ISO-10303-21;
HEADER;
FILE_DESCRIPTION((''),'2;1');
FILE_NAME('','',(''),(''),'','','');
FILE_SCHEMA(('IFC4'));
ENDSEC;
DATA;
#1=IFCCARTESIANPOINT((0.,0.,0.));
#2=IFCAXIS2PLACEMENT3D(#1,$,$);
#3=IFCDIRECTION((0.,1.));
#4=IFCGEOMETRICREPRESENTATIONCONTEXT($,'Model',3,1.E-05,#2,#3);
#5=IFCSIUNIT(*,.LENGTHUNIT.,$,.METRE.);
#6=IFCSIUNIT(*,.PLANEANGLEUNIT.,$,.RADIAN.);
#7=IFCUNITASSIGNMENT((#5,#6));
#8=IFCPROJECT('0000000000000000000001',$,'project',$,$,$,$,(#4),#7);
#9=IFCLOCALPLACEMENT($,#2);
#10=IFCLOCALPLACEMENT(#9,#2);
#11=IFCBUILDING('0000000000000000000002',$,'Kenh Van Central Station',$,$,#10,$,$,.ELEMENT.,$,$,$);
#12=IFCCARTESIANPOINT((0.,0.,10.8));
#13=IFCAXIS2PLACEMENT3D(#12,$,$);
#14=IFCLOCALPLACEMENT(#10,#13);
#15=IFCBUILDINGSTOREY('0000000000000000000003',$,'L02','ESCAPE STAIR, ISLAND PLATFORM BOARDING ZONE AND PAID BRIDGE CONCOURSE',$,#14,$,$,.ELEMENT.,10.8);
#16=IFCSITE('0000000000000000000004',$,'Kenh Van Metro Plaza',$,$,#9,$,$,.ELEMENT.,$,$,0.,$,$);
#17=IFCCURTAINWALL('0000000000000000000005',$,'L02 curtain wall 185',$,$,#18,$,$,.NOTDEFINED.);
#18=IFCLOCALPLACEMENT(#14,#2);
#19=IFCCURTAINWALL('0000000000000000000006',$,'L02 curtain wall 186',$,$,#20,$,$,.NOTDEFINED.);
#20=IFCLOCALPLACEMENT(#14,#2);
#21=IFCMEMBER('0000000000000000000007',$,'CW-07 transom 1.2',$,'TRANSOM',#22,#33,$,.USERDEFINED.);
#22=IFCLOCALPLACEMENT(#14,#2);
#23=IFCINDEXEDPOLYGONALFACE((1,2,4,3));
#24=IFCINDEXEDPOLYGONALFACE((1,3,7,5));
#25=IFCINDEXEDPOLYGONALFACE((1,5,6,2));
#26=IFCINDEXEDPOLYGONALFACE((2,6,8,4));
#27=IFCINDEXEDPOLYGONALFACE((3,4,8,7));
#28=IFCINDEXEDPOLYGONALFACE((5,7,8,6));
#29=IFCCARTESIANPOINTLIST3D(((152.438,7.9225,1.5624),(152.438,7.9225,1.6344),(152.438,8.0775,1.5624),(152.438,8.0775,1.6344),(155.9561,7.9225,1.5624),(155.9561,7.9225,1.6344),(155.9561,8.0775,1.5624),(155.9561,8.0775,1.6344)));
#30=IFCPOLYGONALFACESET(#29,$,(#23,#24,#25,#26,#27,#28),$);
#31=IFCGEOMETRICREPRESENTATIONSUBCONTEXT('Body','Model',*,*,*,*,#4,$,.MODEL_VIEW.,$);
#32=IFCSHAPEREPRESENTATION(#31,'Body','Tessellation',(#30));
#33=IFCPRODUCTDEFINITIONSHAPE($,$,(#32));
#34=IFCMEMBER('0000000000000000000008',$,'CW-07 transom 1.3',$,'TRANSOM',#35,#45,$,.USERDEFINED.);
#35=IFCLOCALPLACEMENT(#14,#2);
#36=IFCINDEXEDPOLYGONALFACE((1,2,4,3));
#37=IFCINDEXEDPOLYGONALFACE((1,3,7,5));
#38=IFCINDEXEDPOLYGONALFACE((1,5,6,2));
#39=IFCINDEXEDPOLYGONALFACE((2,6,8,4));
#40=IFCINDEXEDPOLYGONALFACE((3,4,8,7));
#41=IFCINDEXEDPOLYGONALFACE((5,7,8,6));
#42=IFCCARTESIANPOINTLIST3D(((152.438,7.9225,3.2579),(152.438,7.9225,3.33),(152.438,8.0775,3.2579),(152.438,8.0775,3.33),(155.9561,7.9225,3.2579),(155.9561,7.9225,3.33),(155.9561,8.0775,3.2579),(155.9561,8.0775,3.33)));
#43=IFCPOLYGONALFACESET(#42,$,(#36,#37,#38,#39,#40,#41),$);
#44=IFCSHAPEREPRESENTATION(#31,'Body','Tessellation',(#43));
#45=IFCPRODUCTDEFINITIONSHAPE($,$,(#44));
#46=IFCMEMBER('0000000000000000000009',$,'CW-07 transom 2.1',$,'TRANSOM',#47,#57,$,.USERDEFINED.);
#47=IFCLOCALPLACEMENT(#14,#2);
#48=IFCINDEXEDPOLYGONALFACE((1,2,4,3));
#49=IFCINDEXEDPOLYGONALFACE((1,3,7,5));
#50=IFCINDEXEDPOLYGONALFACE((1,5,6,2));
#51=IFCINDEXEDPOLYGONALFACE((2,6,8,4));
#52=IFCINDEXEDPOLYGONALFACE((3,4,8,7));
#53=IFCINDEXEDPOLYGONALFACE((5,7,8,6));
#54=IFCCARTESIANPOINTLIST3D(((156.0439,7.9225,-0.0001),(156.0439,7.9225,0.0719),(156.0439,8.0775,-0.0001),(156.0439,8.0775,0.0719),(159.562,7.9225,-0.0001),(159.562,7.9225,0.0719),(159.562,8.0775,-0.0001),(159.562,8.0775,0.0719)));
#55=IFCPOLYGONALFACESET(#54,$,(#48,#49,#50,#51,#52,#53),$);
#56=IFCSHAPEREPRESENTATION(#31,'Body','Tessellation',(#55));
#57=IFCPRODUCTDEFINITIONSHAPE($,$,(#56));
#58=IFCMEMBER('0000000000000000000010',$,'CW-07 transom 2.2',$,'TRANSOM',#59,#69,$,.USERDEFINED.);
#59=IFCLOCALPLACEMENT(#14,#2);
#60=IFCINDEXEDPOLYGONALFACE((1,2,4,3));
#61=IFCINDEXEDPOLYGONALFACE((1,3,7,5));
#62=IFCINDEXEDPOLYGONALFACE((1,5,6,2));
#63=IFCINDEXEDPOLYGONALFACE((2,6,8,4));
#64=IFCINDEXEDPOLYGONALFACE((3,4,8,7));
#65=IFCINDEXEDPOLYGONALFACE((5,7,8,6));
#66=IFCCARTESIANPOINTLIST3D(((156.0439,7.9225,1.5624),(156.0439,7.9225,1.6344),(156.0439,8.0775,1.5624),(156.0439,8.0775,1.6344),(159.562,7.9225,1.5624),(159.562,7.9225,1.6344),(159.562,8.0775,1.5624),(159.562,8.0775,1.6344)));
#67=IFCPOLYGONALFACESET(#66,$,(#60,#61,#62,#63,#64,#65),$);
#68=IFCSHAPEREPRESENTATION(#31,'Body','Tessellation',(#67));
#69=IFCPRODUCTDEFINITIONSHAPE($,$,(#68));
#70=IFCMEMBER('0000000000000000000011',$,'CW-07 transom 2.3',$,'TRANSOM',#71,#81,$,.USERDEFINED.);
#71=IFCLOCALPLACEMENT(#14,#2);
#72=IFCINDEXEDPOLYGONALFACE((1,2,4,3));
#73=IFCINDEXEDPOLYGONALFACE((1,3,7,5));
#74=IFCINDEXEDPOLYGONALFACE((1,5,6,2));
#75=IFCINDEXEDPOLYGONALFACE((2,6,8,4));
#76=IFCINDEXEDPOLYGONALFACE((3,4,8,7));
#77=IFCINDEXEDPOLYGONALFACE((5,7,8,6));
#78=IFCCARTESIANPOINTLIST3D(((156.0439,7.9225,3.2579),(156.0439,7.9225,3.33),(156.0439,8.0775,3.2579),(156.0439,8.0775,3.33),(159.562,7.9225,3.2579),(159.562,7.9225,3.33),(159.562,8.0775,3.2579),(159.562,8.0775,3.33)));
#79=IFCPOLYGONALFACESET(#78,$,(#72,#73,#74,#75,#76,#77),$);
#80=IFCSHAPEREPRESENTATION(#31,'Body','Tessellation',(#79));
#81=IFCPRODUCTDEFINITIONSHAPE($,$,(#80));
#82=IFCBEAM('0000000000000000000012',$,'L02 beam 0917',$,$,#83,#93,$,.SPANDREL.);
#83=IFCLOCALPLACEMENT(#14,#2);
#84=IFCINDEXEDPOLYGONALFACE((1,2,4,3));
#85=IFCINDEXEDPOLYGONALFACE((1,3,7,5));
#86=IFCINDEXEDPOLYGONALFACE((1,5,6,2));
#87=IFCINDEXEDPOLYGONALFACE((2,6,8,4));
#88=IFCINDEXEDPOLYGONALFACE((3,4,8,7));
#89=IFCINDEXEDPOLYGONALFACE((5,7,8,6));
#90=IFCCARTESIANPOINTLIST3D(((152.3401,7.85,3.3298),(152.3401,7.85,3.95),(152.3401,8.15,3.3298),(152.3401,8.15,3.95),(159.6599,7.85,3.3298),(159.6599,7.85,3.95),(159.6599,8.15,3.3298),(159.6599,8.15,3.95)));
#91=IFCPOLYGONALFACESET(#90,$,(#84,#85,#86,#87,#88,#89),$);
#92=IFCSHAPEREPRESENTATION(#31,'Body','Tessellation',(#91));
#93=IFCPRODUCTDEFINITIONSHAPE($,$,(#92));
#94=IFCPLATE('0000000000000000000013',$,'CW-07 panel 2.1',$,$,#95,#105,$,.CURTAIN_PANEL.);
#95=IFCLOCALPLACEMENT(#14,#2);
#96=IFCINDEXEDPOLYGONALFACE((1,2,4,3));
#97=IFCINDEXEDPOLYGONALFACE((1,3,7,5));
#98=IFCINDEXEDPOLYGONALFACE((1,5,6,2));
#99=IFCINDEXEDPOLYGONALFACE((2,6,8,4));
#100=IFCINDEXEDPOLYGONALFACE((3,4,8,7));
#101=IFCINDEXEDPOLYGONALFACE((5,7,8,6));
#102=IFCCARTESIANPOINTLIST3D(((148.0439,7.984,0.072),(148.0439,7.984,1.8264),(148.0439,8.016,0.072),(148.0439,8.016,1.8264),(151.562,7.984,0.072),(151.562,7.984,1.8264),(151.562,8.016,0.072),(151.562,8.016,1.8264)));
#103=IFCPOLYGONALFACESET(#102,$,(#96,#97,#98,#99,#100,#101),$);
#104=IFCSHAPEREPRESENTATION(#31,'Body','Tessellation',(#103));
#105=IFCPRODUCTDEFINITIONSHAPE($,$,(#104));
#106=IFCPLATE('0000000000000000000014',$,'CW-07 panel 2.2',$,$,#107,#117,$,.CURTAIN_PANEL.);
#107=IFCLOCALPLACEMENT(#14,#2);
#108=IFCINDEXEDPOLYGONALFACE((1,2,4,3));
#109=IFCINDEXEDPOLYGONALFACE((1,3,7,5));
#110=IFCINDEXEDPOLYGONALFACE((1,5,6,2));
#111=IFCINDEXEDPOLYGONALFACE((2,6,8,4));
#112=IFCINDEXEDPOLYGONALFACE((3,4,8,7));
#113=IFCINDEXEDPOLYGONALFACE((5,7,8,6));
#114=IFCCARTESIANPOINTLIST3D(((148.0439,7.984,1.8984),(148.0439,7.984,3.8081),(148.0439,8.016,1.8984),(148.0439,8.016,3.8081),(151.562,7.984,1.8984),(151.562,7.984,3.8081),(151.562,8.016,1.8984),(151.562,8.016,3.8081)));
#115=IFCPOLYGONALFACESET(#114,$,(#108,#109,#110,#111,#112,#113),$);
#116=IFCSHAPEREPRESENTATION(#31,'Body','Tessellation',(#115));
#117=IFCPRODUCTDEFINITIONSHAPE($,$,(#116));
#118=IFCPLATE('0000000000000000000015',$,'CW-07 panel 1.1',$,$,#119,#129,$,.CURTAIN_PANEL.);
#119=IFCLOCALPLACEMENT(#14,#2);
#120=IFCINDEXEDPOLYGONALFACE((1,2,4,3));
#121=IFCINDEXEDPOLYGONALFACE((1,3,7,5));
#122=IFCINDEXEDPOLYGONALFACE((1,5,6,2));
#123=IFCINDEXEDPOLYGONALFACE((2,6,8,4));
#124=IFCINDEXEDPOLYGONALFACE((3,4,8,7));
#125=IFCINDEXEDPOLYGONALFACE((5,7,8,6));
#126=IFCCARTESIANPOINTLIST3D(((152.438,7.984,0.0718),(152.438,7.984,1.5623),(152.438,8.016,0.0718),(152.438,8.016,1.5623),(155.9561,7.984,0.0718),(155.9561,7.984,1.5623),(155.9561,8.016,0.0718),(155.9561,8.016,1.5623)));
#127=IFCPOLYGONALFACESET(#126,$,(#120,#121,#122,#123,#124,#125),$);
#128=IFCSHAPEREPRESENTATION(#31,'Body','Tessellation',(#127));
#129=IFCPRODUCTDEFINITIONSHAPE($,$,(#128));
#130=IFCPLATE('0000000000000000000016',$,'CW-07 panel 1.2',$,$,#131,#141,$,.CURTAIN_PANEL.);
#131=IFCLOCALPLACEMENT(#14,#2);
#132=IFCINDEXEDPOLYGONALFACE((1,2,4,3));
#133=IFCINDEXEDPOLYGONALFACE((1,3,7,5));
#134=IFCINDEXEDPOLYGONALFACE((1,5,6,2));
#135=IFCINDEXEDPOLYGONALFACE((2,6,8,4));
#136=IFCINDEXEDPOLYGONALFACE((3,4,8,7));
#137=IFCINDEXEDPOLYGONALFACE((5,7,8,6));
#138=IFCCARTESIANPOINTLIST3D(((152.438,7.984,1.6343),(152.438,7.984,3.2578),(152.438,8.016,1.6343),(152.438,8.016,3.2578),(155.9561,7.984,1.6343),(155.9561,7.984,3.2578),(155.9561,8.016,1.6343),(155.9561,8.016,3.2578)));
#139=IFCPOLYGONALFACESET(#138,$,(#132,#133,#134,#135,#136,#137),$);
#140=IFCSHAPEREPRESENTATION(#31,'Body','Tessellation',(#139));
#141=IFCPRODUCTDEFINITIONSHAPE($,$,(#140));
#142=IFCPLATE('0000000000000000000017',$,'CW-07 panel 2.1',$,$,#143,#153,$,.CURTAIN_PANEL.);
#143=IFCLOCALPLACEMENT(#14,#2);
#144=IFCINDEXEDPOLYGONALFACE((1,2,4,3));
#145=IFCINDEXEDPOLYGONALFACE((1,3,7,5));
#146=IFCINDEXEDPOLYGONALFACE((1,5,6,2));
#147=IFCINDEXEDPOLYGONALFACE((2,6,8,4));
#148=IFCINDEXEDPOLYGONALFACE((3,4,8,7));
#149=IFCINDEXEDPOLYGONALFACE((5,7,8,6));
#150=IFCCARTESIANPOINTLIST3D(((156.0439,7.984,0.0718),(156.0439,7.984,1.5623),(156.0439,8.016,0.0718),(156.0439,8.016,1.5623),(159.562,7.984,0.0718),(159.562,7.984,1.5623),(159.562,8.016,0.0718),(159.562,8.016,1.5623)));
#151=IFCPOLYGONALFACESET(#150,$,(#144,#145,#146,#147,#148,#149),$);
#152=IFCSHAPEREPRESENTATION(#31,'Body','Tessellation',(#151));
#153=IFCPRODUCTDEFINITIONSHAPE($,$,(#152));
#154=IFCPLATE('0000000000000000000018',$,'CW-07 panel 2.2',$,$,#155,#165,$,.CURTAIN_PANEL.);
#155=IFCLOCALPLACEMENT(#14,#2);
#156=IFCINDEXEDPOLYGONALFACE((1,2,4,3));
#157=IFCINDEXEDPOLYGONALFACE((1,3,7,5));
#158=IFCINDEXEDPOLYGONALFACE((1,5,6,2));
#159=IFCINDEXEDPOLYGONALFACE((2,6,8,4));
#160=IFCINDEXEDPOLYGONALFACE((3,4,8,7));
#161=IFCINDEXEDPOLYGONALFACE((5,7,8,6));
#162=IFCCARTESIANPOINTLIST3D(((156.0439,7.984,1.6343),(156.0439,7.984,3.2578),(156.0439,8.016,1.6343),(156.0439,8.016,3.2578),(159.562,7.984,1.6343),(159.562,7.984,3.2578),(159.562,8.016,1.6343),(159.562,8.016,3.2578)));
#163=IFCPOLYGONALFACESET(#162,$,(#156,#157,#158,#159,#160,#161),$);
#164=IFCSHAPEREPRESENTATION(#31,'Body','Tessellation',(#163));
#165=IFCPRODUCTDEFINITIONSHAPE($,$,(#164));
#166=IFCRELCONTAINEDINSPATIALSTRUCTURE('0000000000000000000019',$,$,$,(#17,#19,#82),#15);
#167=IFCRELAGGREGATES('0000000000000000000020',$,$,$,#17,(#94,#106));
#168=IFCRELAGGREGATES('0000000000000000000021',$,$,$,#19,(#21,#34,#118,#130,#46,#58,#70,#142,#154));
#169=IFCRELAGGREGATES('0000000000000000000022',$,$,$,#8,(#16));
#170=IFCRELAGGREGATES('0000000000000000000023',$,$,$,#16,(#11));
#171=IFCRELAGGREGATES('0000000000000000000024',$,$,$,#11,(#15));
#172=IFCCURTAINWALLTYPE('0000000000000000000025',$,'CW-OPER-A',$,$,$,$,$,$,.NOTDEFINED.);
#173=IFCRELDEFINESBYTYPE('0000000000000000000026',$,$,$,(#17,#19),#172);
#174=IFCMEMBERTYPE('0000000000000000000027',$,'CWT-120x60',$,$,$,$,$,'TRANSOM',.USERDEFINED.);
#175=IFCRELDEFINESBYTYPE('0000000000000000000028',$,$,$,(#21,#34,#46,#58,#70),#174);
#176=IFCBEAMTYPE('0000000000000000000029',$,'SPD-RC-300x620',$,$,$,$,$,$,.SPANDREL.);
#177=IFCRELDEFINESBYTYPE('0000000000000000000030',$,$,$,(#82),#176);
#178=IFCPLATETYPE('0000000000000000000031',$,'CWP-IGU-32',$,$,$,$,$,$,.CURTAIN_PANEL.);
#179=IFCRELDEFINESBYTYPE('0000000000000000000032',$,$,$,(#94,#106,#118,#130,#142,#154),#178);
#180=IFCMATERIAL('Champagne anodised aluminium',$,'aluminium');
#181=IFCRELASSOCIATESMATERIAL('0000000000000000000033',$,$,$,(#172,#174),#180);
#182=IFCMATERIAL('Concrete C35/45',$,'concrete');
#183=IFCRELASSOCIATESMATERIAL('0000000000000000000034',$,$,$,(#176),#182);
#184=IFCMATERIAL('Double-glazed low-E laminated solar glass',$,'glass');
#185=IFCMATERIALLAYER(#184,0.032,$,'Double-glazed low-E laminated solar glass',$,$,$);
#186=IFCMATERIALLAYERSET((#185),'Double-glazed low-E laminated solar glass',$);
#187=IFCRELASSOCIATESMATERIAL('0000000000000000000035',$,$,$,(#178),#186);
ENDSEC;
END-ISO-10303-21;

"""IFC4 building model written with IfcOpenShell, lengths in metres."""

from ifc_helpers import new_model, si_unit, direction, frame, origin, origin_2d, place, context, subcontext, project, spatial, rectangle, extrude, material, layer, layer_set, material_profile, profile_set, type_object, element, aggregate, save


model = new_model("IFC4")

# Units and contexts
model_context = context("Model", 3, precision=1e-05, world=origin(), true_north=direction((0.0, 1.0)))
body_context = subcontext(model_context, "Body", "Model", "MODEL_VIEW")
ifc_project = project(units=[si_unit("LENGTHUNIT", "METRE"), si_unit("PLANEANGLEUNIT", "RADIAN")], contexts=[model_context])

# Site, building, storey
site_placement = place(None, origin())
site = spatial("IfcSite", under=ifc_project, at=site_placement, Name="Kenh Van Metro Plaza", CompositionType="ELEMENT", RefElevation=0.0)
building_placement = place(site_placement, origin())
building = spatial("IfcBuilding", under=site, at=building_placement, Name="Kenh Van Central Station", CompositionType="ELEMENT")
storey_placement = place(building_placement, frame((0.0, 0.0, 10.8)))
storey = spatial("IfcBuildingStorey", under=building, at=storey_placement, Name="L02", Description="ESCAPE STAIR, ISLAND PLATFORM BOARDING ZONE AND PAID BRIDGE CONCOURSE", CompositionType="ELEMENT", Elevation=10.8)

# Shared definitions
ifc_material_1 = material(Name="Concrete C35/45", Category="concrete")

# Curtain walls
ifc_material_2 = material(Name="Champagne anodised aluminium", Category="aluminium")
curtain_wall_type = type_object("IfcCurtainWallType", Name="CW-OPER-A", PredefinedType="NOTDEFINED", material=ifc_material_2)
curtain_wall_1_placement = place(storey_placement, origin())
curtain_wall_1 = element("IfcCurtainWall", 1, at=curtain_wall_1_placement, inside=storey, type_object=curtain_wall_type, Name="L02 curtain wall 185", PredefinedType="NOTDEFINED")
curtain_wall_2_placement = place(storey_placement, origin())
curtain_wall_2 = element("IfcCurtainWall", 2, at=curtain_wall_2_placement, inside=storey, type_object=curtain_wall_type, Name="L02 curtain wall 186", PredefinedType="NOTDEFINED")

# Members
ifc_material_profile_1 = material_profile(ifc_material_2, rectangle(XDim=0.155, YDim=0.072, at=origin_2d()), Name="AL 155x72")
ifc_profile_set_1 = profile_set([ifc_material_profile_1], Name="Champagne anodised aluminium")
member_type_1 = type_object("IfcMemberType", Name="CWT-120x60", ElementType="TRANSOM", PredefinedType="USERDEFINED", material=ifc_profile_set_1)
member_1_placement = place(storey_placement, frame((152.438, 8.0, 1.5984), z_axis=(1.0, 0.0, 0.0), x_axis=(0.0, 1.0, 0.0)))
member_1 = element("IfcMember", 3, at=member_1_placement, type_object=member_type_1, Name="CW-07 transom 1.2", ObjectType="TRANSOM", PredefinedType="USERDEFINED", context=body_context, shape_type="SweptSolid", body=[
    extrude(rectangle(XDim=0.155, YDim=0.072, at=origin_2d()), origin(), (0.0, 0.0, 1.0), 3.5181),
])
member_2_placement = place(storey_placement, frame((152.438, 8.0, 3.2939), z_axis=(1.0, 0.0, 0.0), x_axis=(0.0, 1.0, 0.0)))
member_2 = element("IfcMember", 4, at=member_2_placement, type_object=member_type_1, Name="CW-07 transom 1.3", ObjectType="TRANSOM", PredefinedType="USERDEFINED", context=body_context, shape_type="SweptSolid", body=[
    extrude(rectangle(XDim=0.155, YDim=0.072, at=origin_2d()), origin(), (0.0, 0.0, 1.0), 3.5181),
])
member_3_placement = place(storey_placement, frame((156.0439, 8.0, 0.0359), z_axis=(1.0, 0.0, 0.0), x_axis=(0.0, 1.0, 0.0)))
member_3 = element("IfcMember", 5, at=member_3_placement, type_object=member_type_1, Name="CW-07 transom 2.1", ObjectType="TRANSOM", PredefinedType="USERDEFINED", context=body_context, shape_type="SweptSolid", body=[
    extrude(rectangle(XDim=0.155, YDim=0.072, at=origin_2d()), origin(), (0.0, 0.0, 1.0), 3.5181),
])
member_4_placement = place(storey_placement, frame((156.0439, 8.0, 1.5984), z_axis=(1.0, 0.0, 0.0), x_axis=(0.0, 1.0, 0.0)))
member_4 = element("IfcMember", 6, at=member_4_placement, type_object=member_type_1, Name="CW-07 transom 2.2", ObjectType="TRANSOM", PredefinedType="USERDEFINED", context=body_context, shape_type="SweptSolid", body=[
    extrude(rectangle(XDim=0.155, YDim=0.072, at=origin_2d()), origin(), (0.0, 0.0, 1.0), 3.5181),
])
member_5_placement = place(storey_placement, frame((156.0439, 8.0, 3.2939), z_axis=(1.0, 0.0, 0.0), x_axis=(0.0, 1.0, 0.0)))
member_5 = element("IfcMember", 7, at=member_5_placement, type_object=member_type_1, Name="CW-07 transom 2.3", ObjectType="TRANSOM", PredefinedType="USERDEFINED", context=body_context, shape_type="SweptSolid", body=[
    extrude(rectangle(XDim=0.155, YDim=0.072, at=origin_2d()), origin(), (0.0, 0.0, 1.0), 3.5181),
])

# Beam
ifc_material_profile_2 = material_profile(ifc_material_1, rectangle(XDim=0.3, YDim=0.6201, at=origin_2d()), Name="RC 300x620")
ifc_profile_set_2 = profile_set([ifc_material_profile_2], Name="Concrete C35/45")
beam_type_1 = type_object("IfcBeamType", Name="SPD-RC-300x620", PredefinedType="SPANDREL", material=ifc_profile_set_2)
beam_placement = place(storey_placement, frame((152.3401, 8.0, 3.6399), z_axis=(1.0, 0.0, 0.0), x_axis=(0.0, 1.0, 0.0)))
element("IfcBeam", 8, at=beam_placement, inside=storey, type_object=beam_type_1, Name="L02 beam 0917", PredefinedType="SPANDREL", context=body_context, shape_type="SweptSolid", body=[
    extrude(rectangle(XDim=0.3, YDim=0.6201, at=origin_2d()), origin(), (0.0, 0.0, 1.0), 7.3198),
])

# Plates
ifc_material_3 = material(Name="Double-glazed low-E laminated solar glass", Category="glass")
ifc_layer = layer(ifc_material_3, 0.032, Name="Double-glazed low-E laminated solar glass")
ifc_layer_set = layer_set([ifc_layer], Name="Double-glazed low-E laminated solar glass")
plate_type = type_object("IfcPlateType", Name="CWP-IGU-32", PredefinedType="CURTAIN_PANEL", material=ifc_layer_set)
plate_1_placement = place(storey_placement, frame((149.803, 8.0, 0.072), z_axis=(0.0, 0.0, 1.0), x_axis=(1.0, 0.0, 0.0)))
plate_1 = element("IfcPlate", 9, at=plate_1_placement, type_object=plate_type, Name="CW-07 panel 2.1", PredefinedType="CURTAIN_PANEL", context=body_context, shape_type="SweptSolid", body=[
    extrude(rectangle(XDim=3.5181, YDim=0.032, at=origin_2d()), origin(), (0.0, 0.0, 1.0), 1.7544),
])
plate_2_placement = place(storey_placement, frame((149.803, 8.0, 1.8984), z_axis=(0.0, 0.0, 1.0), x_axis=(1.0, 0.0, 0.0)))
plate_2 = element("IfcPlate", 10, at=plate_2_placement, type_object=plate_type, Name="CW-07 panel 2.2", PredefinedType="CURTAIN_PANEL", context=body_context, shape_type="SweptSolid", body=[
    extrude(rectangle(XDim=3.5181, YDim=0.032, at=origin_2d()), origin(), (0.0, 0.0, 1.0), 1.9097),
])
aggregate(curtain_wall_1, [plate_1, plate_2])
plate_3_placement = place(storey_placement, frame((154.197, 8.0, 0.0718), z_axis=(0.0, 0.0, 1.0), x_axis=(1.0, 0.0, 0.0)))
plate_3 = element("IfcPlate", 11, at=plate_3_placement, type_object=plate_type, Name="CW-07 panel 1.1", PredefinedType="CURTAIN_PANEL", context=body_context, shape_type="SweptSolid", body=[
    extrude(rectangle(XDim=3.5181, YDim=0.032, at=origin_2d()), origin(), (0.0, 0.0, 1.0), 1.4905),
])
plate_4_placement = place(storey_placement, frame((154.197, 8.0, 1.6343), z_axis=(0.0, 0.0, 1.0), x_axis=(1.0, 0.0, 0.0)))
plate_4 = element("IfcPlate", 12, at=plate_4_placement, type_object=plate_type, Name="CW-07 panel 1.2", PredefinedType="CURTAIN_PANEL", context=body_context, shape_type="SweptSolid", body=[
    extrude(rectangle(XDim=3.5181, YDim=0.032, at=origin_2d()), origin(), (0.0, 0.0, 1.0), 1.6235),
])
plate_5_placement = place(storey_placement, frame((157.803, 8.0, 0.0718), z_axis=(0.0, 0.0, 1.0), x_axis=(1.0, 0.0, 0.0)))
plate_5 = element("IfcPlate", 13, at=plate_5_placement, type_object=plate_type, Name="CW-07 panel 2.1", PredefinedType="CURTAIN_PANEL", context=body_context, shape_type="SweptSolid", body=[
    extrude(rectangle(XDim=3.5181, YDim=0.032, at=origin_2d()), origin(), (0.0, 0.0, 1.0), 1.4905),
])
plate_6_placement = place(storey_placement, frame((157.803, 8.0, 1.6343), z_axis=(0.0, 0.0, 1.0), x_axis=(1.0, 0.0, 0.0)))
plate_6 = element("IfcPlate", 14, at=plate_6_placement, type_object=plate_type, Name="CW-07 panel 2.2", PredefinedType="CURTAIN_PANEL", context=body_context, shape_type="SweptSolid", body=[
    extrude(rectangle(XDim=3.5181, YDim=0.032, at=origin_2d()), origin(), (0.0, 0.0, 1.0), 1.6235),
])
aggregate(curtain_wall_2, [member_1, member_2, plate_3, plate_4, member_3, member_4, member_5, plate_5, plate_6])

save(model, "model.ifc")
